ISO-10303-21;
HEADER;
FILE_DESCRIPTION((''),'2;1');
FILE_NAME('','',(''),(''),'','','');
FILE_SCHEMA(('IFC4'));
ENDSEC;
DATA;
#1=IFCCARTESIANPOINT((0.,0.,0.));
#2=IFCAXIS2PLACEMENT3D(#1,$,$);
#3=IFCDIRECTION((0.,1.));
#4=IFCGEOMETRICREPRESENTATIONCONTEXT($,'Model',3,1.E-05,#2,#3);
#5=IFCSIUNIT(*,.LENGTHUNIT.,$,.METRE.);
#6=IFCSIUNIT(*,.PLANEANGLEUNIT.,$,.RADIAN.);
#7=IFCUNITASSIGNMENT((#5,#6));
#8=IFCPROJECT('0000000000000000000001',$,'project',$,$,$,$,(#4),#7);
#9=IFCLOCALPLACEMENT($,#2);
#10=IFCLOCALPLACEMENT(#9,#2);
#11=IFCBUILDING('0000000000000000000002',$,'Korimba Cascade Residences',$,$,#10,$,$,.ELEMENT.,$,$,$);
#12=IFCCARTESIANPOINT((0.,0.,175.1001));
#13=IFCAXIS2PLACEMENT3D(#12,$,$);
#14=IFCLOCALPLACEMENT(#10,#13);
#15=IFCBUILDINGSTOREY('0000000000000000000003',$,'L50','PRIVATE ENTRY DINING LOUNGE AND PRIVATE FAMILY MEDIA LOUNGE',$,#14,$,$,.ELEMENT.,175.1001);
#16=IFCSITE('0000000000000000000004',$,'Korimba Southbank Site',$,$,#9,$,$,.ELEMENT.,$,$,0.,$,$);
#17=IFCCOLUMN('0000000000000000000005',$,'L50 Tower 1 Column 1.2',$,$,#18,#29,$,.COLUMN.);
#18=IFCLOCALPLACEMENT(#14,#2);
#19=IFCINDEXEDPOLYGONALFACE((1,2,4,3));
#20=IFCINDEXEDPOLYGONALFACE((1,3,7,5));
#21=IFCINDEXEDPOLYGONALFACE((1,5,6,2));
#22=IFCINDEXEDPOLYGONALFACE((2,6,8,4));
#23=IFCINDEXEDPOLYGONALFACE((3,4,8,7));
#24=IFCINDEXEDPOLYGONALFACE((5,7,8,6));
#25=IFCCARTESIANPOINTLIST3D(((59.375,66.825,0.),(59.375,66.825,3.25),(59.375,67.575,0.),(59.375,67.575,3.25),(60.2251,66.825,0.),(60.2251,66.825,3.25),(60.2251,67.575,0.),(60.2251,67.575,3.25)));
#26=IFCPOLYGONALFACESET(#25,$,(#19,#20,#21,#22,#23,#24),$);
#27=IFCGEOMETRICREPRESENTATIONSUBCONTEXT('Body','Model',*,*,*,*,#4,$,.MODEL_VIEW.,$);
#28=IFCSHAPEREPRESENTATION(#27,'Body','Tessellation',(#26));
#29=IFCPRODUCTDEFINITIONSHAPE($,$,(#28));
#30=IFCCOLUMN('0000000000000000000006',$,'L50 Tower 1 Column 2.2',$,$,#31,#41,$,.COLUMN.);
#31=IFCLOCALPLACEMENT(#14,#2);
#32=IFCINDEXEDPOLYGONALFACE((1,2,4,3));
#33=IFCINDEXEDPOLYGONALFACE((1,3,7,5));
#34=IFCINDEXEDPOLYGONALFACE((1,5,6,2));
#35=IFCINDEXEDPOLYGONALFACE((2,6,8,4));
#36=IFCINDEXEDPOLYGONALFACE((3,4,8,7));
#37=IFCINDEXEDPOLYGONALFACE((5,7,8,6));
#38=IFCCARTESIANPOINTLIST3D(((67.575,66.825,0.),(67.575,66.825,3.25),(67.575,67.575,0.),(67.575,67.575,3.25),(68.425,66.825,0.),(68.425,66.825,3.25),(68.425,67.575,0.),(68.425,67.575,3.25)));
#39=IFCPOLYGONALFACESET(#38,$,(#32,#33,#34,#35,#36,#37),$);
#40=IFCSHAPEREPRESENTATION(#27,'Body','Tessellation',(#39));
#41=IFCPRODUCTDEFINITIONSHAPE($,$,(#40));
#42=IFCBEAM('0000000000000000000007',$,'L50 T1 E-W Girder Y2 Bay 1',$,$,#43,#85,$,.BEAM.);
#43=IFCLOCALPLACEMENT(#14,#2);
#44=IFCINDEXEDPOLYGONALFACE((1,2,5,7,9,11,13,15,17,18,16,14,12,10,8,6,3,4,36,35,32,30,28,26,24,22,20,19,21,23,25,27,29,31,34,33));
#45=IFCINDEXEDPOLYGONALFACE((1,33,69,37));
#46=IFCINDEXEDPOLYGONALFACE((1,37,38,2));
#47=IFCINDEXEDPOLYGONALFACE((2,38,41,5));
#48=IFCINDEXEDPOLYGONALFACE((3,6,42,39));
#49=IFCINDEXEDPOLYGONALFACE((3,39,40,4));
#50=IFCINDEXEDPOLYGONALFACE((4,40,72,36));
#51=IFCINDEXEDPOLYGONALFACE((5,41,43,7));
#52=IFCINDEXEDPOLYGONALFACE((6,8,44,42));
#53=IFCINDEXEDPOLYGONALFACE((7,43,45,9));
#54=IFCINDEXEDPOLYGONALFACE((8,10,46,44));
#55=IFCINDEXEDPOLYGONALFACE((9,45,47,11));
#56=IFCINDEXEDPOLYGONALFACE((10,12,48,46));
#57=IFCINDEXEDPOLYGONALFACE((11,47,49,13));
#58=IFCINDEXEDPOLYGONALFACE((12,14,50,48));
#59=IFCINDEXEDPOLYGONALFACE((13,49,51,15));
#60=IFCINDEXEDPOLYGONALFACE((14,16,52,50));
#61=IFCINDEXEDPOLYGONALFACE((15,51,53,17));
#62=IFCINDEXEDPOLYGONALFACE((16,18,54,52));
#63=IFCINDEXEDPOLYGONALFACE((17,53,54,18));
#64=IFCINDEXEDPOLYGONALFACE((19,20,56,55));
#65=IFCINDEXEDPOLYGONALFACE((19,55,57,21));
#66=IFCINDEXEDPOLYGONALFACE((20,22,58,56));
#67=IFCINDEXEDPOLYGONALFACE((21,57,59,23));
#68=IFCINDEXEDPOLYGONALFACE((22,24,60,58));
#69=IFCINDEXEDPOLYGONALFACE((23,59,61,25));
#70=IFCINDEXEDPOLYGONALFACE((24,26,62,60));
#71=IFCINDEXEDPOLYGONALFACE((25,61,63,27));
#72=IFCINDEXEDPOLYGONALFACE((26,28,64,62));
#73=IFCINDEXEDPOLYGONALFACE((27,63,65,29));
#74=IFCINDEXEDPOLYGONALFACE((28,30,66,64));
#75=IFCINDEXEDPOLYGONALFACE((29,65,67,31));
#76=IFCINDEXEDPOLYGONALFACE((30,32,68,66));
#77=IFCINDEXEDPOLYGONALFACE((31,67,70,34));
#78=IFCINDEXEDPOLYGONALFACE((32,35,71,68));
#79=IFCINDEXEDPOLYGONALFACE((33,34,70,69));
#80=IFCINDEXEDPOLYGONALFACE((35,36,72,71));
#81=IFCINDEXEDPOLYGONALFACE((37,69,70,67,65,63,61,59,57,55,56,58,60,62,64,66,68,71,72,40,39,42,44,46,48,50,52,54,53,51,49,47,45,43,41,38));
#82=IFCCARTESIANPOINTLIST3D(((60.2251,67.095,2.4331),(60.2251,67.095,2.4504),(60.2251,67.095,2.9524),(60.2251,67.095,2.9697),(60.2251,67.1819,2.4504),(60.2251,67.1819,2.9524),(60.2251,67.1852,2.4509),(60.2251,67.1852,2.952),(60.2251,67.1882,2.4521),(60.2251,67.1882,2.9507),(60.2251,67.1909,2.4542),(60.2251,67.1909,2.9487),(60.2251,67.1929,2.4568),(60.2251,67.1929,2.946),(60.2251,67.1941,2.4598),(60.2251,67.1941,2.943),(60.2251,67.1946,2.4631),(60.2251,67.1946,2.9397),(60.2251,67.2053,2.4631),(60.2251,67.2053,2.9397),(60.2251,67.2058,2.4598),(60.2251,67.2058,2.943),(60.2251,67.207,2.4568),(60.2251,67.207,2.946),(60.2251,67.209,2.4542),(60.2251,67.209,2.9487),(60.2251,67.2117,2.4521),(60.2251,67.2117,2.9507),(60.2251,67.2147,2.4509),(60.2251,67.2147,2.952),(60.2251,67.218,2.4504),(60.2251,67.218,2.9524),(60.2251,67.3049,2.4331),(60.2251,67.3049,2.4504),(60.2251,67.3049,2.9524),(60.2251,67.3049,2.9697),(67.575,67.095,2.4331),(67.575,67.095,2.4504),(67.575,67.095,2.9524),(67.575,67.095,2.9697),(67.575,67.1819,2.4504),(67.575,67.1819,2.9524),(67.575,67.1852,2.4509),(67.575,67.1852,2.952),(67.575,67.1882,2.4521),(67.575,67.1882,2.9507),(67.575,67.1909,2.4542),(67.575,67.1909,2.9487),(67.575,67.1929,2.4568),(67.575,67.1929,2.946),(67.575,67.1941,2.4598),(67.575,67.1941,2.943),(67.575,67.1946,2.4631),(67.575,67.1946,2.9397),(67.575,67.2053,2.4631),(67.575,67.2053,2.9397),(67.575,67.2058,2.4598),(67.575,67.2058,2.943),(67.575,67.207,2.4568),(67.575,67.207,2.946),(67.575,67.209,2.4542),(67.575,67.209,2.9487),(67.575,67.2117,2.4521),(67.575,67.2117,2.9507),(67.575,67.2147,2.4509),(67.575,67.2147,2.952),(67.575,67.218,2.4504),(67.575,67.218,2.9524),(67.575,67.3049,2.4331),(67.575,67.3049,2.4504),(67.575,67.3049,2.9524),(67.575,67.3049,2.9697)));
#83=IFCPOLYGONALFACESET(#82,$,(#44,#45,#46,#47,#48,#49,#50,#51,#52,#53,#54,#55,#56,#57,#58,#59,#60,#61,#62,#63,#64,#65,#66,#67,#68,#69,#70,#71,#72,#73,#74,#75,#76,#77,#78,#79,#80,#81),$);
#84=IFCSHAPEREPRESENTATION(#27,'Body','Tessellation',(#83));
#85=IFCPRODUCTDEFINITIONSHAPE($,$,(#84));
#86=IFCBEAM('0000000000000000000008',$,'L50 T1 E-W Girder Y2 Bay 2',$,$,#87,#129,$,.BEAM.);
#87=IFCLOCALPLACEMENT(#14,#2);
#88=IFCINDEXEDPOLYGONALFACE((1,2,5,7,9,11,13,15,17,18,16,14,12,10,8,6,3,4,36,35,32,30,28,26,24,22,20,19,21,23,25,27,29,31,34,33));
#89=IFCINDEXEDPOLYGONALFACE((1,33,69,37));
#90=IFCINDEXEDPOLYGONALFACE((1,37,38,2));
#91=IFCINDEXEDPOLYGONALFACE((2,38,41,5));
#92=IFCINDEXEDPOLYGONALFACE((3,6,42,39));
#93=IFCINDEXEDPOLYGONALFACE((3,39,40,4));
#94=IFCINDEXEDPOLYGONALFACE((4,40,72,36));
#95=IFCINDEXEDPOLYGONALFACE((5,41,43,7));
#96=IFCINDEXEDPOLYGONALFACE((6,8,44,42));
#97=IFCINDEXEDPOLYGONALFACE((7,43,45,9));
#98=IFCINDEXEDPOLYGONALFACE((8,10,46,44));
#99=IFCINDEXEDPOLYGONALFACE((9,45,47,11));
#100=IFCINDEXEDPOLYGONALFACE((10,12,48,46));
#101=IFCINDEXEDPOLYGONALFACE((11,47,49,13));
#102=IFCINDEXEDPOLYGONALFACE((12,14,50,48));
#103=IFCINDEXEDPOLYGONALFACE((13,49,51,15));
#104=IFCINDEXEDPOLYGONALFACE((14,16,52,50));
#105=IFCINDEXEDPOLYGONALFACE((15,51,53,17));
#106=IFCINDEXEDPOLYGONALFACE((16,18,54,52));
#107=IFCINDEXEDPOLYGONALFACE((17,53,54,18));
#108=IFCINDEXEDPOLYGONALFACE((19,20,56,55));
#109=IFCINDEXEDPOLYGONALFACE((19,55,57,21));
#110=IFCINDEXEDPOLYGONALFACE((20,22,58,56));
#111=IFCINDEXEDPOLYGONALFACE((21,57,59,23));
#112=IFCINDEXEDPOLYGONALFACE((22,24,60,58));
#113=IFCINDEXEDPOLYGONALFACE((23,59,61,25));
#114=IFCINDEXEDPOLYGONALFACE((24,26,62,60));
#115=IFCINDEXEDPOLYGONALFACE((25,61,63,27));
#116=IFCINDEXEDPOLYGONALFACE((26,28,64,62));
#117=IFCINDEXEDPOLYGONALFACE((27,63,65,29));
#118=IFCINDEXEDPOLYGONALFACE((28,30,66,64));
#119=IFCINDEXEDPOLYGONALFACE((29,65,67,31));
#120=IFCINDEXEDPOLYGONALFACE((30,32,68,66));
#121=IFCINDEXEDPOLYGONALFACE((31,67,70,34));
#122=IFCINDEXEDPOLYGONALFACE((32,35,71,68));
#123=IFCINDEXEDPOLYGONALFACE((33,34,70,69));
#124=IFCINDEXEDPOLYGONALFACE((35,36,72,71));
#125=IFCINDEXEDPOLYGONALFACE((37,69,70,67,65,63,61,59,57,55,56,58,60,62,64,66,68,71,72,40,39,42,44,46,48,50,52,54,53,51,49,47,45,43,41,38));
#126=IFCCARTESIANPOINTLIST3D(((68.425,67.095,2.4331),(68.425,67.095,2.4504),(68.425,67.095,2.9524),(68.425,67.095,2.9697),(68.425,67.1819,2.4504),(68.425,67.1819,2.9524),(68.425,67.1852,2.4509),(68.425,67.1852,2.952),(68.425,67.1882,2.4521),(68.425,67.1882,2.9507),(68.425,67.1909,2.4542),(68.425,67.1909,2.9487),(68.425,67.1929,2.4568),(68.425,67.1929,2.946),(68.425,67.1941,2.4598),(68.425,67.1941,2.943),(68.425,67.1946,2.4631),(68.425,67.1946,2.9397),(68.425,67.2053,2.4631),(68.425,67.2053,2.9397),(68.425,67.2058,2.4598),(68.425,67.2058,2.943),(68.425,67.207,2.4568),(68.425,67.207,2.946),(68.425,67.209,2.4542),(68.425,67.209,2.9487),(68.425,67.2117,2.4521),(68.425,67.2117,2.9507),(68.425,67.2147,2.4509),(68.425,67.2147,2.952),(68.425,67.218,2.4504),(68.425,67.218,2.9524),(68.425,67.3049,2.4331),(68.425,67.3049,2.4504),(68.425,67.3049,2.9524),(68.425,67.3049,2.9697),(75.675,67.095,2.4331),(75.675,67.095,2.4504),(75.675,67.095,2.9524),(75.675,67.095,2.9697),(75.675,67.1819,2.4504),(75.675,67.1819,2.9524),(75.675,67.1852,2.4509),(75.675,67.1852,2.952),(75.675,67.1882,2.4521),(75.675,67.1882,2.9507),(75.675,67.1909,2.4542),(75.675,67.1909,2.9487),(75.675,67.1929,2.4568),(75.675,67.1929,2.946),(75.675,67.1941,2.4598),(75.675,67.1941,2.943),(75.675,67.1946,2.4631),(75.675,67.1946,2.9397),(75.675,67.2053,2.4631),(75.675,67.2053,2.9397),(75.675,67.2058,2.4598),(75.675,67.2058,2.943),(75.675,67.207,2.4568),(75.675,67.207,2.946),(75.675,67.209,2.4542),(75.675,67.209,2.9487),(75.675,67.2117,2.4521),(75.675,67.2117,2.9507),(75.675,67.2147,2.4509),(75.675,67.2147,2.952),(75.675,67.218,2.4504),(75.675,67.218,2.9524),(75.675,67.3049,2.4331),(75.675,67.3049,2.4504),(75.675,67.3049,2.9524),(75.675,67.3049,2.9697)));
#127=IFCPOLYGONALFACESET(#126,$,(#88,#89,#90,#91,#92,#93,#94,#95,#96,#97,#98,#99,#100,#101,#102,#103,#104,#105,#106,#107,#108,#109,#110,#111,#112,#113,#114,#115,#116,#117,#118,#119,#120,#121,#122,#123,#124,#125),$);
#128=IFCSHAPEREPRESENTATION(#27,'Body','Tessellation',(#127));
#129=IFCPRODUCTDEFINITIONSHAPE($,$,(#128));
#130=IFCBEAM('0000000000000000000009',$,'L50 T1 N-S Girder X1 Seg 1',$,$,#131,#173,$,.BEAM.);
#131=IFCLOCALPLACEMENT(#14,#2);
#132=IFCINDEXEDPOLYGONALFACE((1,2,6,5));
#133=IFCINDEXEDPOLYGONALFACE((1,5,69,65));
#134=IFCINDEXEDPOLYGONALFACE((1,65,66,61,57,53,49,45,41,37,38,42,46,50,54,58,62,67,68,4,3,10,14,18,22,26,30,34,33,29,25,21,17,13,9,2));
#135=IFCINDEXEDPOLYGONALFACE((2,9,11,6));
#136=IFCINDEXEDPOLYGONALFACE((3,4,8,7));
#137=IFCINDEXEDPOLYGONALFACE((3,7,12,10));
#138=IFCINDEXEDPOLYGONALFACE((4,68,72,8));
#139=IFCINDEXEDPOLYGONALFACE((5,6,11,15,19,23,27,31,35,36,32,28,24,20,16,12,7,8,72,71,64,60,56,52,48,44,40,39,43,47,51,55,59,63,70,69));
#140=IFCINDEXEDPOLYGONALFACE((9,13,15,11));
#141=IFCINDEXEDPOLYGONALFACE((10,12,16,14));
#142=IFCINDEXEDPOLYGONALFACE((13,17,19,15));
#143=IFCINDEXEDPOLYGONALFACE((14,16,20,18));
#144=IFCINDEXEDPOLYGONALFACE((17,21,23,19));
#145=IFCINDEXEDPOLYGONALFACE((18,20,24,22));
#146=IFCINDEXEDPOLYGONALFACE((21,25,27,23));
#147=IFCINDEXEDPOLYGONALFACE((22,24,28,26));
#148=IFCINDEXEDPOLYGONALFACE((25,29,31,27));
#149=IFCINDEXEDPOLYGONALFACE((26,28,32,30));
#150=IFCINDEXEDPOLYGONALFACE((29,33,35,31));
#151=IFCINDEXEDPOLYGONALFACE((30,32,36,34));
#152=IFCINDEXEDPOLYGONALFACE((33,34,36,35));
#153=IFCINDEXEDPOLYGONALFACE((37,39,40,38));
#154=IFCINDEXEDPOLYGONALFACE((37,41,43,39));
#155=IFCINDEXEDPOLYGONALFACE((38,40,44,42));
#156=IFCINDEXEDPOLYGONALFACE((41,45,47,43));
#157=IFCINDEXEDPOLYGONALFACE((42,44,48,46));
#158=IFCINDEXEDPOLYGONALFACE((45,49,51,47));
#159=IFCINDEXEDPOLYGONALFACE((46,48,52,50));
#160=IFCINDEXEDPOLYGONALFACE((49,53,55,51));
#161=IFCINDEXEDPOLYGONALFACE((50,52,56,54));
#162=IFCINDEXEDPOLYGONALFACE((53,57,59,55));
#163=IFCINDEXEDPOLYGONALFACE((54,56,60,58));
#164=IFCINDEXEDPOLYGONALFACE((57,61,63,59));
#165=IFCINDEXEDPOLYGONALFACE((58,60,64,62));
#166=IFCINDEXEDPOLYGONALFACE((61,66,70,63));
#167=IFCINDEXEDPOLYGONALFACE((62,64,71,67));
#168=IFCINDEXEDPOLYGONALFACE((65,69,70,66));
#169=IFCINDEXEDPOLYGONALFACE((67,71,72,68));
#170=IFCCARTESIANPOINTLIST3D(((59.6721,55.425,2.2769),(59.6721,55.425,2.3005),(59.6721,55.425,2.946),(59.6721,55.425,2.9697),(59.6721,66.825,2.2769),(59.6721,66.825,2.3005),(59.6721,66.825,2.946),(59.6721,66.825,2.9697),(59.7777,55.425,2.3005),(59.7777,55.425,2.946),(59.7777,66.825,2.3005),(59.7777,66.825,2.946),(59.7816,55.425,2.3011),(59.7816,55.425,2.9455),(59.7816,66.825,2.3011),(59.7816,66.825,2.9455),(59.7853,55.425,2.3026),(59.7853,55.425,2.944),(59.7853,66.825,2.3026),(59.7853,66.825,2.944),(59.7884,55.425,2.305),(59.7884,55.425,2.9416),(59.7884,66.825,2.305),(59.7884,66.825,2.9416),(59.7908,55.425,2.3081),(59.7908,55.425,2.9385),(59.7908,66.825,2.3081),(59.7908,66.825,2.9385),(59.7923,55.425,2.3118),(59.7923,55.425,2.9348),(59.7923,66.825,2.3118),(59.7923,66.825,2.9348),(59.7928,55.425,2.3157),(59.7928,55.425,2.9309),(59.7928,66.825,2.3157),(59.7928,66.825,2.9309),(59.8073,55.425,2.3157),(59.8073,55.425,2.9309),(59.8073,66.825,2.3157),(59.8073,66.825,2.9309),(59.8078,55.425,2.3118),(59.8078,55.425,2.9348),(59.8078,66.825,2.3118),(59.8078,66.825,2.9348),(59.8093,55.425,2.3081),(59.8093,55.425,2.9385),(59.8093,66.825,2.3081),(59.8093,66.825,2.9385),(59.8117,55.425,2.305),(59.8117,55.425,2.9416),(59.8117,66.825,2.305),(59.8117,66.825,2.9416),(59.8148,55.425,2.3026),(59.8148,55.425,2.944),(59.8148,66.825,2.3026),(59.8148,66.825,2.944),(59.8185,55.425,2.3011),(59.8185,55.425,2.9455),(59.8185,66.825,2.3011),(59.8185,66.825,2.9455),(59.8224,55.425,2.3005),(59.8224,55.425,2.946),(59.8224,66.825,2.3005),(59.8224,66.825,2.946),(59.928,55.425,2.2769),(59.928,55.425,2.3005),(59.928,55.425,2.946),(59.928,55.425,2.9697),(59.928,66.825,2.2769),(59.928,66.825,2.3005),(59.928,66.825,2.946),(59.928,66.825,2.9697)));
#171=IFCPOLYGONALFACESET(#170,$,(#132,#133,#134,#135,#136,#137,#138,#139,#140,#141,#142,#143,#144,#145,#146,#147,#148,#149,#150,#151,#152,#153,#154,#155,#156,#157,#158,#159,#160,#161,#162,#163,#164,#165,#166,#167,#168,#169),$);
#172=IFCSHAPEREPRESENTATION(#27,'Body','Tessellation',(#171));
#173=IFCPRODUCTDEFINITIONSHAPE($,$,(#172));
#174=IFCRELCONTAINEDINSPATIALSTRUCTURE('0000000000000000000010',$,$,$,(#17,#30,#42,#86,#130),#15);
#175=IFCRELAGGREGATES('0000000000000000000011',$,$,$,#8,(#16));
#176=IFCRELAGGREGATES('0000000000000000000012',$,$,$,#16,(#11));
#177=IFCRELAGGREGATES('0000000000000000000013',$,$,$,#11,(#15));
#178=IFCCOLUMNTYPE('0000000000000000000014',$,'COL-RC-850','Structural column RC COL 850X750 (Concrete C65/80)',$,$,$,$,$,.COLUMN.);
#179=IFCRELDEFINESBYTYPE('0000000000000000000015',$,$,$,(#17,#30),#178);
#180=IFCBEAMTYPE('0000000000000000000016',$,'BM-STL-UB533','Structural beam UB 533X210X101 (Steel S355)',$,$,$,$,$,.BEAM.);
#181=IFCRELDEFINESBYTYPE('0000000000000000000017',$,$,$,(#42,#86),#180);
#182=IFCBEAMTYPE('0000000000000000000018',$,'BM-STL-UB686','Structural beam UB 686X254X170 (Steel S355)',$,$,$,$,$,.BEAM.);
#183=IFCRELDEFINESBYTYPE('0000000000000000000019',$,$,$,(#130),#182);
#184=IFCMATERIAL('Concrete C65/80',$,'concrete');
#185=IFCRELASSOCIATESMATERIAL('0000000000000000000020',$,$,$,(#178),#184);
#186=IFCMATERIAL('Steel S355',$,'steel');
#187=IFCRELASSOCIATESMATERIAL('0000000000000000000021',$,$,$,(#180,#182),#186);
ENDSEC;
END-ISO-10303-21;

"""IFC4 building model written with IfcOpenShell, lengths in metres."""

from ifc_helpers import new_model, si_unit, direction, frame, origin, origin_2d, place, context, subcontext, project, spatial, rectangle, i_section, extrude, material, material_profile, profile_set, type_object, element, save


model = new_model("IFC4")

# Units and contexts
model_context = context("Model", 3, precision=1e-05, world=origin(), true_north=direction((0.0, 1.0)))
body_context = subcontext(model_context, "Body", "Model", "MODEL_VIEW")
ifc_project = project(units=[si_unit("LENGTHUNIT", "METRE"), si_unit("PLANEANGLEUNIT", "RADIAN")], contexts=[model_context])

# Site, building, storey
site_placement = place(None, origin())
site = spatial("IfcSite", under=ifc_project, at=site_placement, Name="Korimba Southbank Site", CompositionType="ELEMENT", RefElevation=0.0)
building_placement = place(site_placement, origin())
building = spatial("IfcBuilding", under=site, at=building_placement, Name="Korimba Cascade Residences", CompositionType="ELEMENT")
storey_placement = place(building_placement, frame((0.0, 0.0, 175.1001)))
storey = spatial("IfcBuildingStorey", under=building, at=storey_placement, Name="L50", Description="PRIVATE ENTRY DINING LOUNGE AND PRIVATE FAMILY MEDIA LOUNGE", CompositionType="ELEMENT", Elevation=175.1001)

# Columns
ifc_material_1 = material(Name="Concrete C65/80", Category="concrete")
ifc_material_profile_1 = material_profile(ifc_material_1, rectangle(XDim=0.8501, YDim=0.75, at=origin_2d()), Name="Concrete C65/80")
ifc_profile_set_1 = profile_set([ifc_material_profile_1], Name="Concrete C65/80")
column_type = type_object("IfcColumnType", Name="COL-RC-850", Description="Structural column RC COL 850X750 (Concrete C65/80)", PredefinedType="COLUMN", material=ifc_profile_set_1)
for number, where, z_axis, x_axis, name in (
    (1, (59.8, 67.2, 0.0), (0.0, 0.0, 1.0), (1.0, 0.0, 0.0), "L50 Tower 1 Column 1.2"),
    (2, (68.0, 67.2, 0.0), (0.0, 0.0, 1.0), (1.0, 0.0, 0.0), "L50 Tower 1 Column 2.2"),
):
    element("IfcColumn", number, at=place(storey_placement, frame(where, z_axis=z_axis, x_axis=x_axis)), inside=storey, type_object=column_type, Name=name, PredefinedType="COLUMN", context=body_context, shape_type="SweptSolid", body=[
        extrude(rectangle(XDim=0.8501, YDim=0.75, at=origin_2d()), origin(), (0.0, 0.0, 1.0), 3.25),
    ])

# Beams
ifc_material_2 = material(Name="Steel S355", Category="steel")
ifc_material_profile_2 = material_profile(ifc_material_2, i_section(OverallWidth=0.21, OverallDepth=0.5366, WebThickness=0.0107, FlangeThickness=0.0173, FilletRadius=0.0127, at=origin_2d()), Name="Steel S355")
ifc_profile_set_2 = profile_set([ifc_material_profile_2], Name="Steel S355")
beam_type_1 = type_object("IfcBeamType", Name="BM-STL-UB533", Description="Structural beam UB 533X210X101 (Steel S355)", PredefinedType="BEAM", material=ifc_profile_set_2)
beam_1_placement = place(storey_placement, frame((60.2251, 67.2, 2.7014), z_axis=(1.0, 0.0, 0.0), x_axis=(0.0, 1.0, 0.0)))
element("IfcBeam", 3, at=beam_1_placement, inside=storey, type_object=beam_type_1, Name="L50 T1 E-W Girder Y2 Bay 1", PredefinedType="BEAM", context=body_context, shape_type="SweptSolid", body=[
    extrude(i_section(OverallWidth=0.21, OverallDepth=0.5366, WebThickness=0.0107, FlangeThickness=0.0173, FilletRadius=0.0127, at=origin_2d()), origin(), (0.0, 0.0, 1.0), 7.3499),
])
beam_2_placement = place(storey_placement, frame((68.425, 67.2, 2.7014), z_axis=(1.0, 0.0, 0.0), x_axis=(0.0, 1.0, 0.0)))
element("IfcBeam", 4, at=beam_2_placement, inside=storey, type_object=beam_type_1, Name="L50 T1 E-W Girder Y2 Bay 2", PredefinedType="BEAM", context=body_context, shape_type="SweptSolid", body=[
    extrude(i_section(OverallWidth=0.21, OverallDepth=0.5366, WebThickness=0.0107, FlangeThickness=0.0173, FilletRadius=0.0127, at=origin_2d()), origin(), (0.0, 0.0, 1.0), 7.25),
])
ifc_material_profile_3 = material_profile(ifc_material_2, i_section(OverallWidth=0.2559, OverallDepth=0.6929, WebThickness=0.0144, FlangeThickness=0.0237, FilletRadius=0.0151, at=origin_2d()), Name="Steel S355")
ifc_profile_set_3 = profile_set([ifc_material_profile_3], Name="Steel S355")
beam_type_2 = type_object("IfcBeamType", Name="BM-STL-UB686", Description="Structural beam UB 686X254X170 (Steel S355)", PredefinedType="BEAM", material=ifc_profile_set_3)
beam_3_placement = place(storey_placement, frame((59.8, 55.425, 2.6233), z_axis=(0.0, 1.0, 0.0), x_axis=(-1.0, 0.0, 0.0)))
element("IfcBeam", 5, at=beam_3_placement, inside=storey, type_object=beam_type_2, Name="L50 T1 N-S Girder X1 Seg 1", PredefinedType="BEAM", context=body_context, shape_type="SweptSolid", body=[
    extrude(i_section(OverallWidth=0.2559, OverallDepth=0.6929, WebThickness=0.0144, FlangeThickness=0.0237, FilletRadius=0.0151, at=origin_2d()), origin(), (0.0, 0.0, 1.0), 11.3999),
])

save(model, "model.ifc")
